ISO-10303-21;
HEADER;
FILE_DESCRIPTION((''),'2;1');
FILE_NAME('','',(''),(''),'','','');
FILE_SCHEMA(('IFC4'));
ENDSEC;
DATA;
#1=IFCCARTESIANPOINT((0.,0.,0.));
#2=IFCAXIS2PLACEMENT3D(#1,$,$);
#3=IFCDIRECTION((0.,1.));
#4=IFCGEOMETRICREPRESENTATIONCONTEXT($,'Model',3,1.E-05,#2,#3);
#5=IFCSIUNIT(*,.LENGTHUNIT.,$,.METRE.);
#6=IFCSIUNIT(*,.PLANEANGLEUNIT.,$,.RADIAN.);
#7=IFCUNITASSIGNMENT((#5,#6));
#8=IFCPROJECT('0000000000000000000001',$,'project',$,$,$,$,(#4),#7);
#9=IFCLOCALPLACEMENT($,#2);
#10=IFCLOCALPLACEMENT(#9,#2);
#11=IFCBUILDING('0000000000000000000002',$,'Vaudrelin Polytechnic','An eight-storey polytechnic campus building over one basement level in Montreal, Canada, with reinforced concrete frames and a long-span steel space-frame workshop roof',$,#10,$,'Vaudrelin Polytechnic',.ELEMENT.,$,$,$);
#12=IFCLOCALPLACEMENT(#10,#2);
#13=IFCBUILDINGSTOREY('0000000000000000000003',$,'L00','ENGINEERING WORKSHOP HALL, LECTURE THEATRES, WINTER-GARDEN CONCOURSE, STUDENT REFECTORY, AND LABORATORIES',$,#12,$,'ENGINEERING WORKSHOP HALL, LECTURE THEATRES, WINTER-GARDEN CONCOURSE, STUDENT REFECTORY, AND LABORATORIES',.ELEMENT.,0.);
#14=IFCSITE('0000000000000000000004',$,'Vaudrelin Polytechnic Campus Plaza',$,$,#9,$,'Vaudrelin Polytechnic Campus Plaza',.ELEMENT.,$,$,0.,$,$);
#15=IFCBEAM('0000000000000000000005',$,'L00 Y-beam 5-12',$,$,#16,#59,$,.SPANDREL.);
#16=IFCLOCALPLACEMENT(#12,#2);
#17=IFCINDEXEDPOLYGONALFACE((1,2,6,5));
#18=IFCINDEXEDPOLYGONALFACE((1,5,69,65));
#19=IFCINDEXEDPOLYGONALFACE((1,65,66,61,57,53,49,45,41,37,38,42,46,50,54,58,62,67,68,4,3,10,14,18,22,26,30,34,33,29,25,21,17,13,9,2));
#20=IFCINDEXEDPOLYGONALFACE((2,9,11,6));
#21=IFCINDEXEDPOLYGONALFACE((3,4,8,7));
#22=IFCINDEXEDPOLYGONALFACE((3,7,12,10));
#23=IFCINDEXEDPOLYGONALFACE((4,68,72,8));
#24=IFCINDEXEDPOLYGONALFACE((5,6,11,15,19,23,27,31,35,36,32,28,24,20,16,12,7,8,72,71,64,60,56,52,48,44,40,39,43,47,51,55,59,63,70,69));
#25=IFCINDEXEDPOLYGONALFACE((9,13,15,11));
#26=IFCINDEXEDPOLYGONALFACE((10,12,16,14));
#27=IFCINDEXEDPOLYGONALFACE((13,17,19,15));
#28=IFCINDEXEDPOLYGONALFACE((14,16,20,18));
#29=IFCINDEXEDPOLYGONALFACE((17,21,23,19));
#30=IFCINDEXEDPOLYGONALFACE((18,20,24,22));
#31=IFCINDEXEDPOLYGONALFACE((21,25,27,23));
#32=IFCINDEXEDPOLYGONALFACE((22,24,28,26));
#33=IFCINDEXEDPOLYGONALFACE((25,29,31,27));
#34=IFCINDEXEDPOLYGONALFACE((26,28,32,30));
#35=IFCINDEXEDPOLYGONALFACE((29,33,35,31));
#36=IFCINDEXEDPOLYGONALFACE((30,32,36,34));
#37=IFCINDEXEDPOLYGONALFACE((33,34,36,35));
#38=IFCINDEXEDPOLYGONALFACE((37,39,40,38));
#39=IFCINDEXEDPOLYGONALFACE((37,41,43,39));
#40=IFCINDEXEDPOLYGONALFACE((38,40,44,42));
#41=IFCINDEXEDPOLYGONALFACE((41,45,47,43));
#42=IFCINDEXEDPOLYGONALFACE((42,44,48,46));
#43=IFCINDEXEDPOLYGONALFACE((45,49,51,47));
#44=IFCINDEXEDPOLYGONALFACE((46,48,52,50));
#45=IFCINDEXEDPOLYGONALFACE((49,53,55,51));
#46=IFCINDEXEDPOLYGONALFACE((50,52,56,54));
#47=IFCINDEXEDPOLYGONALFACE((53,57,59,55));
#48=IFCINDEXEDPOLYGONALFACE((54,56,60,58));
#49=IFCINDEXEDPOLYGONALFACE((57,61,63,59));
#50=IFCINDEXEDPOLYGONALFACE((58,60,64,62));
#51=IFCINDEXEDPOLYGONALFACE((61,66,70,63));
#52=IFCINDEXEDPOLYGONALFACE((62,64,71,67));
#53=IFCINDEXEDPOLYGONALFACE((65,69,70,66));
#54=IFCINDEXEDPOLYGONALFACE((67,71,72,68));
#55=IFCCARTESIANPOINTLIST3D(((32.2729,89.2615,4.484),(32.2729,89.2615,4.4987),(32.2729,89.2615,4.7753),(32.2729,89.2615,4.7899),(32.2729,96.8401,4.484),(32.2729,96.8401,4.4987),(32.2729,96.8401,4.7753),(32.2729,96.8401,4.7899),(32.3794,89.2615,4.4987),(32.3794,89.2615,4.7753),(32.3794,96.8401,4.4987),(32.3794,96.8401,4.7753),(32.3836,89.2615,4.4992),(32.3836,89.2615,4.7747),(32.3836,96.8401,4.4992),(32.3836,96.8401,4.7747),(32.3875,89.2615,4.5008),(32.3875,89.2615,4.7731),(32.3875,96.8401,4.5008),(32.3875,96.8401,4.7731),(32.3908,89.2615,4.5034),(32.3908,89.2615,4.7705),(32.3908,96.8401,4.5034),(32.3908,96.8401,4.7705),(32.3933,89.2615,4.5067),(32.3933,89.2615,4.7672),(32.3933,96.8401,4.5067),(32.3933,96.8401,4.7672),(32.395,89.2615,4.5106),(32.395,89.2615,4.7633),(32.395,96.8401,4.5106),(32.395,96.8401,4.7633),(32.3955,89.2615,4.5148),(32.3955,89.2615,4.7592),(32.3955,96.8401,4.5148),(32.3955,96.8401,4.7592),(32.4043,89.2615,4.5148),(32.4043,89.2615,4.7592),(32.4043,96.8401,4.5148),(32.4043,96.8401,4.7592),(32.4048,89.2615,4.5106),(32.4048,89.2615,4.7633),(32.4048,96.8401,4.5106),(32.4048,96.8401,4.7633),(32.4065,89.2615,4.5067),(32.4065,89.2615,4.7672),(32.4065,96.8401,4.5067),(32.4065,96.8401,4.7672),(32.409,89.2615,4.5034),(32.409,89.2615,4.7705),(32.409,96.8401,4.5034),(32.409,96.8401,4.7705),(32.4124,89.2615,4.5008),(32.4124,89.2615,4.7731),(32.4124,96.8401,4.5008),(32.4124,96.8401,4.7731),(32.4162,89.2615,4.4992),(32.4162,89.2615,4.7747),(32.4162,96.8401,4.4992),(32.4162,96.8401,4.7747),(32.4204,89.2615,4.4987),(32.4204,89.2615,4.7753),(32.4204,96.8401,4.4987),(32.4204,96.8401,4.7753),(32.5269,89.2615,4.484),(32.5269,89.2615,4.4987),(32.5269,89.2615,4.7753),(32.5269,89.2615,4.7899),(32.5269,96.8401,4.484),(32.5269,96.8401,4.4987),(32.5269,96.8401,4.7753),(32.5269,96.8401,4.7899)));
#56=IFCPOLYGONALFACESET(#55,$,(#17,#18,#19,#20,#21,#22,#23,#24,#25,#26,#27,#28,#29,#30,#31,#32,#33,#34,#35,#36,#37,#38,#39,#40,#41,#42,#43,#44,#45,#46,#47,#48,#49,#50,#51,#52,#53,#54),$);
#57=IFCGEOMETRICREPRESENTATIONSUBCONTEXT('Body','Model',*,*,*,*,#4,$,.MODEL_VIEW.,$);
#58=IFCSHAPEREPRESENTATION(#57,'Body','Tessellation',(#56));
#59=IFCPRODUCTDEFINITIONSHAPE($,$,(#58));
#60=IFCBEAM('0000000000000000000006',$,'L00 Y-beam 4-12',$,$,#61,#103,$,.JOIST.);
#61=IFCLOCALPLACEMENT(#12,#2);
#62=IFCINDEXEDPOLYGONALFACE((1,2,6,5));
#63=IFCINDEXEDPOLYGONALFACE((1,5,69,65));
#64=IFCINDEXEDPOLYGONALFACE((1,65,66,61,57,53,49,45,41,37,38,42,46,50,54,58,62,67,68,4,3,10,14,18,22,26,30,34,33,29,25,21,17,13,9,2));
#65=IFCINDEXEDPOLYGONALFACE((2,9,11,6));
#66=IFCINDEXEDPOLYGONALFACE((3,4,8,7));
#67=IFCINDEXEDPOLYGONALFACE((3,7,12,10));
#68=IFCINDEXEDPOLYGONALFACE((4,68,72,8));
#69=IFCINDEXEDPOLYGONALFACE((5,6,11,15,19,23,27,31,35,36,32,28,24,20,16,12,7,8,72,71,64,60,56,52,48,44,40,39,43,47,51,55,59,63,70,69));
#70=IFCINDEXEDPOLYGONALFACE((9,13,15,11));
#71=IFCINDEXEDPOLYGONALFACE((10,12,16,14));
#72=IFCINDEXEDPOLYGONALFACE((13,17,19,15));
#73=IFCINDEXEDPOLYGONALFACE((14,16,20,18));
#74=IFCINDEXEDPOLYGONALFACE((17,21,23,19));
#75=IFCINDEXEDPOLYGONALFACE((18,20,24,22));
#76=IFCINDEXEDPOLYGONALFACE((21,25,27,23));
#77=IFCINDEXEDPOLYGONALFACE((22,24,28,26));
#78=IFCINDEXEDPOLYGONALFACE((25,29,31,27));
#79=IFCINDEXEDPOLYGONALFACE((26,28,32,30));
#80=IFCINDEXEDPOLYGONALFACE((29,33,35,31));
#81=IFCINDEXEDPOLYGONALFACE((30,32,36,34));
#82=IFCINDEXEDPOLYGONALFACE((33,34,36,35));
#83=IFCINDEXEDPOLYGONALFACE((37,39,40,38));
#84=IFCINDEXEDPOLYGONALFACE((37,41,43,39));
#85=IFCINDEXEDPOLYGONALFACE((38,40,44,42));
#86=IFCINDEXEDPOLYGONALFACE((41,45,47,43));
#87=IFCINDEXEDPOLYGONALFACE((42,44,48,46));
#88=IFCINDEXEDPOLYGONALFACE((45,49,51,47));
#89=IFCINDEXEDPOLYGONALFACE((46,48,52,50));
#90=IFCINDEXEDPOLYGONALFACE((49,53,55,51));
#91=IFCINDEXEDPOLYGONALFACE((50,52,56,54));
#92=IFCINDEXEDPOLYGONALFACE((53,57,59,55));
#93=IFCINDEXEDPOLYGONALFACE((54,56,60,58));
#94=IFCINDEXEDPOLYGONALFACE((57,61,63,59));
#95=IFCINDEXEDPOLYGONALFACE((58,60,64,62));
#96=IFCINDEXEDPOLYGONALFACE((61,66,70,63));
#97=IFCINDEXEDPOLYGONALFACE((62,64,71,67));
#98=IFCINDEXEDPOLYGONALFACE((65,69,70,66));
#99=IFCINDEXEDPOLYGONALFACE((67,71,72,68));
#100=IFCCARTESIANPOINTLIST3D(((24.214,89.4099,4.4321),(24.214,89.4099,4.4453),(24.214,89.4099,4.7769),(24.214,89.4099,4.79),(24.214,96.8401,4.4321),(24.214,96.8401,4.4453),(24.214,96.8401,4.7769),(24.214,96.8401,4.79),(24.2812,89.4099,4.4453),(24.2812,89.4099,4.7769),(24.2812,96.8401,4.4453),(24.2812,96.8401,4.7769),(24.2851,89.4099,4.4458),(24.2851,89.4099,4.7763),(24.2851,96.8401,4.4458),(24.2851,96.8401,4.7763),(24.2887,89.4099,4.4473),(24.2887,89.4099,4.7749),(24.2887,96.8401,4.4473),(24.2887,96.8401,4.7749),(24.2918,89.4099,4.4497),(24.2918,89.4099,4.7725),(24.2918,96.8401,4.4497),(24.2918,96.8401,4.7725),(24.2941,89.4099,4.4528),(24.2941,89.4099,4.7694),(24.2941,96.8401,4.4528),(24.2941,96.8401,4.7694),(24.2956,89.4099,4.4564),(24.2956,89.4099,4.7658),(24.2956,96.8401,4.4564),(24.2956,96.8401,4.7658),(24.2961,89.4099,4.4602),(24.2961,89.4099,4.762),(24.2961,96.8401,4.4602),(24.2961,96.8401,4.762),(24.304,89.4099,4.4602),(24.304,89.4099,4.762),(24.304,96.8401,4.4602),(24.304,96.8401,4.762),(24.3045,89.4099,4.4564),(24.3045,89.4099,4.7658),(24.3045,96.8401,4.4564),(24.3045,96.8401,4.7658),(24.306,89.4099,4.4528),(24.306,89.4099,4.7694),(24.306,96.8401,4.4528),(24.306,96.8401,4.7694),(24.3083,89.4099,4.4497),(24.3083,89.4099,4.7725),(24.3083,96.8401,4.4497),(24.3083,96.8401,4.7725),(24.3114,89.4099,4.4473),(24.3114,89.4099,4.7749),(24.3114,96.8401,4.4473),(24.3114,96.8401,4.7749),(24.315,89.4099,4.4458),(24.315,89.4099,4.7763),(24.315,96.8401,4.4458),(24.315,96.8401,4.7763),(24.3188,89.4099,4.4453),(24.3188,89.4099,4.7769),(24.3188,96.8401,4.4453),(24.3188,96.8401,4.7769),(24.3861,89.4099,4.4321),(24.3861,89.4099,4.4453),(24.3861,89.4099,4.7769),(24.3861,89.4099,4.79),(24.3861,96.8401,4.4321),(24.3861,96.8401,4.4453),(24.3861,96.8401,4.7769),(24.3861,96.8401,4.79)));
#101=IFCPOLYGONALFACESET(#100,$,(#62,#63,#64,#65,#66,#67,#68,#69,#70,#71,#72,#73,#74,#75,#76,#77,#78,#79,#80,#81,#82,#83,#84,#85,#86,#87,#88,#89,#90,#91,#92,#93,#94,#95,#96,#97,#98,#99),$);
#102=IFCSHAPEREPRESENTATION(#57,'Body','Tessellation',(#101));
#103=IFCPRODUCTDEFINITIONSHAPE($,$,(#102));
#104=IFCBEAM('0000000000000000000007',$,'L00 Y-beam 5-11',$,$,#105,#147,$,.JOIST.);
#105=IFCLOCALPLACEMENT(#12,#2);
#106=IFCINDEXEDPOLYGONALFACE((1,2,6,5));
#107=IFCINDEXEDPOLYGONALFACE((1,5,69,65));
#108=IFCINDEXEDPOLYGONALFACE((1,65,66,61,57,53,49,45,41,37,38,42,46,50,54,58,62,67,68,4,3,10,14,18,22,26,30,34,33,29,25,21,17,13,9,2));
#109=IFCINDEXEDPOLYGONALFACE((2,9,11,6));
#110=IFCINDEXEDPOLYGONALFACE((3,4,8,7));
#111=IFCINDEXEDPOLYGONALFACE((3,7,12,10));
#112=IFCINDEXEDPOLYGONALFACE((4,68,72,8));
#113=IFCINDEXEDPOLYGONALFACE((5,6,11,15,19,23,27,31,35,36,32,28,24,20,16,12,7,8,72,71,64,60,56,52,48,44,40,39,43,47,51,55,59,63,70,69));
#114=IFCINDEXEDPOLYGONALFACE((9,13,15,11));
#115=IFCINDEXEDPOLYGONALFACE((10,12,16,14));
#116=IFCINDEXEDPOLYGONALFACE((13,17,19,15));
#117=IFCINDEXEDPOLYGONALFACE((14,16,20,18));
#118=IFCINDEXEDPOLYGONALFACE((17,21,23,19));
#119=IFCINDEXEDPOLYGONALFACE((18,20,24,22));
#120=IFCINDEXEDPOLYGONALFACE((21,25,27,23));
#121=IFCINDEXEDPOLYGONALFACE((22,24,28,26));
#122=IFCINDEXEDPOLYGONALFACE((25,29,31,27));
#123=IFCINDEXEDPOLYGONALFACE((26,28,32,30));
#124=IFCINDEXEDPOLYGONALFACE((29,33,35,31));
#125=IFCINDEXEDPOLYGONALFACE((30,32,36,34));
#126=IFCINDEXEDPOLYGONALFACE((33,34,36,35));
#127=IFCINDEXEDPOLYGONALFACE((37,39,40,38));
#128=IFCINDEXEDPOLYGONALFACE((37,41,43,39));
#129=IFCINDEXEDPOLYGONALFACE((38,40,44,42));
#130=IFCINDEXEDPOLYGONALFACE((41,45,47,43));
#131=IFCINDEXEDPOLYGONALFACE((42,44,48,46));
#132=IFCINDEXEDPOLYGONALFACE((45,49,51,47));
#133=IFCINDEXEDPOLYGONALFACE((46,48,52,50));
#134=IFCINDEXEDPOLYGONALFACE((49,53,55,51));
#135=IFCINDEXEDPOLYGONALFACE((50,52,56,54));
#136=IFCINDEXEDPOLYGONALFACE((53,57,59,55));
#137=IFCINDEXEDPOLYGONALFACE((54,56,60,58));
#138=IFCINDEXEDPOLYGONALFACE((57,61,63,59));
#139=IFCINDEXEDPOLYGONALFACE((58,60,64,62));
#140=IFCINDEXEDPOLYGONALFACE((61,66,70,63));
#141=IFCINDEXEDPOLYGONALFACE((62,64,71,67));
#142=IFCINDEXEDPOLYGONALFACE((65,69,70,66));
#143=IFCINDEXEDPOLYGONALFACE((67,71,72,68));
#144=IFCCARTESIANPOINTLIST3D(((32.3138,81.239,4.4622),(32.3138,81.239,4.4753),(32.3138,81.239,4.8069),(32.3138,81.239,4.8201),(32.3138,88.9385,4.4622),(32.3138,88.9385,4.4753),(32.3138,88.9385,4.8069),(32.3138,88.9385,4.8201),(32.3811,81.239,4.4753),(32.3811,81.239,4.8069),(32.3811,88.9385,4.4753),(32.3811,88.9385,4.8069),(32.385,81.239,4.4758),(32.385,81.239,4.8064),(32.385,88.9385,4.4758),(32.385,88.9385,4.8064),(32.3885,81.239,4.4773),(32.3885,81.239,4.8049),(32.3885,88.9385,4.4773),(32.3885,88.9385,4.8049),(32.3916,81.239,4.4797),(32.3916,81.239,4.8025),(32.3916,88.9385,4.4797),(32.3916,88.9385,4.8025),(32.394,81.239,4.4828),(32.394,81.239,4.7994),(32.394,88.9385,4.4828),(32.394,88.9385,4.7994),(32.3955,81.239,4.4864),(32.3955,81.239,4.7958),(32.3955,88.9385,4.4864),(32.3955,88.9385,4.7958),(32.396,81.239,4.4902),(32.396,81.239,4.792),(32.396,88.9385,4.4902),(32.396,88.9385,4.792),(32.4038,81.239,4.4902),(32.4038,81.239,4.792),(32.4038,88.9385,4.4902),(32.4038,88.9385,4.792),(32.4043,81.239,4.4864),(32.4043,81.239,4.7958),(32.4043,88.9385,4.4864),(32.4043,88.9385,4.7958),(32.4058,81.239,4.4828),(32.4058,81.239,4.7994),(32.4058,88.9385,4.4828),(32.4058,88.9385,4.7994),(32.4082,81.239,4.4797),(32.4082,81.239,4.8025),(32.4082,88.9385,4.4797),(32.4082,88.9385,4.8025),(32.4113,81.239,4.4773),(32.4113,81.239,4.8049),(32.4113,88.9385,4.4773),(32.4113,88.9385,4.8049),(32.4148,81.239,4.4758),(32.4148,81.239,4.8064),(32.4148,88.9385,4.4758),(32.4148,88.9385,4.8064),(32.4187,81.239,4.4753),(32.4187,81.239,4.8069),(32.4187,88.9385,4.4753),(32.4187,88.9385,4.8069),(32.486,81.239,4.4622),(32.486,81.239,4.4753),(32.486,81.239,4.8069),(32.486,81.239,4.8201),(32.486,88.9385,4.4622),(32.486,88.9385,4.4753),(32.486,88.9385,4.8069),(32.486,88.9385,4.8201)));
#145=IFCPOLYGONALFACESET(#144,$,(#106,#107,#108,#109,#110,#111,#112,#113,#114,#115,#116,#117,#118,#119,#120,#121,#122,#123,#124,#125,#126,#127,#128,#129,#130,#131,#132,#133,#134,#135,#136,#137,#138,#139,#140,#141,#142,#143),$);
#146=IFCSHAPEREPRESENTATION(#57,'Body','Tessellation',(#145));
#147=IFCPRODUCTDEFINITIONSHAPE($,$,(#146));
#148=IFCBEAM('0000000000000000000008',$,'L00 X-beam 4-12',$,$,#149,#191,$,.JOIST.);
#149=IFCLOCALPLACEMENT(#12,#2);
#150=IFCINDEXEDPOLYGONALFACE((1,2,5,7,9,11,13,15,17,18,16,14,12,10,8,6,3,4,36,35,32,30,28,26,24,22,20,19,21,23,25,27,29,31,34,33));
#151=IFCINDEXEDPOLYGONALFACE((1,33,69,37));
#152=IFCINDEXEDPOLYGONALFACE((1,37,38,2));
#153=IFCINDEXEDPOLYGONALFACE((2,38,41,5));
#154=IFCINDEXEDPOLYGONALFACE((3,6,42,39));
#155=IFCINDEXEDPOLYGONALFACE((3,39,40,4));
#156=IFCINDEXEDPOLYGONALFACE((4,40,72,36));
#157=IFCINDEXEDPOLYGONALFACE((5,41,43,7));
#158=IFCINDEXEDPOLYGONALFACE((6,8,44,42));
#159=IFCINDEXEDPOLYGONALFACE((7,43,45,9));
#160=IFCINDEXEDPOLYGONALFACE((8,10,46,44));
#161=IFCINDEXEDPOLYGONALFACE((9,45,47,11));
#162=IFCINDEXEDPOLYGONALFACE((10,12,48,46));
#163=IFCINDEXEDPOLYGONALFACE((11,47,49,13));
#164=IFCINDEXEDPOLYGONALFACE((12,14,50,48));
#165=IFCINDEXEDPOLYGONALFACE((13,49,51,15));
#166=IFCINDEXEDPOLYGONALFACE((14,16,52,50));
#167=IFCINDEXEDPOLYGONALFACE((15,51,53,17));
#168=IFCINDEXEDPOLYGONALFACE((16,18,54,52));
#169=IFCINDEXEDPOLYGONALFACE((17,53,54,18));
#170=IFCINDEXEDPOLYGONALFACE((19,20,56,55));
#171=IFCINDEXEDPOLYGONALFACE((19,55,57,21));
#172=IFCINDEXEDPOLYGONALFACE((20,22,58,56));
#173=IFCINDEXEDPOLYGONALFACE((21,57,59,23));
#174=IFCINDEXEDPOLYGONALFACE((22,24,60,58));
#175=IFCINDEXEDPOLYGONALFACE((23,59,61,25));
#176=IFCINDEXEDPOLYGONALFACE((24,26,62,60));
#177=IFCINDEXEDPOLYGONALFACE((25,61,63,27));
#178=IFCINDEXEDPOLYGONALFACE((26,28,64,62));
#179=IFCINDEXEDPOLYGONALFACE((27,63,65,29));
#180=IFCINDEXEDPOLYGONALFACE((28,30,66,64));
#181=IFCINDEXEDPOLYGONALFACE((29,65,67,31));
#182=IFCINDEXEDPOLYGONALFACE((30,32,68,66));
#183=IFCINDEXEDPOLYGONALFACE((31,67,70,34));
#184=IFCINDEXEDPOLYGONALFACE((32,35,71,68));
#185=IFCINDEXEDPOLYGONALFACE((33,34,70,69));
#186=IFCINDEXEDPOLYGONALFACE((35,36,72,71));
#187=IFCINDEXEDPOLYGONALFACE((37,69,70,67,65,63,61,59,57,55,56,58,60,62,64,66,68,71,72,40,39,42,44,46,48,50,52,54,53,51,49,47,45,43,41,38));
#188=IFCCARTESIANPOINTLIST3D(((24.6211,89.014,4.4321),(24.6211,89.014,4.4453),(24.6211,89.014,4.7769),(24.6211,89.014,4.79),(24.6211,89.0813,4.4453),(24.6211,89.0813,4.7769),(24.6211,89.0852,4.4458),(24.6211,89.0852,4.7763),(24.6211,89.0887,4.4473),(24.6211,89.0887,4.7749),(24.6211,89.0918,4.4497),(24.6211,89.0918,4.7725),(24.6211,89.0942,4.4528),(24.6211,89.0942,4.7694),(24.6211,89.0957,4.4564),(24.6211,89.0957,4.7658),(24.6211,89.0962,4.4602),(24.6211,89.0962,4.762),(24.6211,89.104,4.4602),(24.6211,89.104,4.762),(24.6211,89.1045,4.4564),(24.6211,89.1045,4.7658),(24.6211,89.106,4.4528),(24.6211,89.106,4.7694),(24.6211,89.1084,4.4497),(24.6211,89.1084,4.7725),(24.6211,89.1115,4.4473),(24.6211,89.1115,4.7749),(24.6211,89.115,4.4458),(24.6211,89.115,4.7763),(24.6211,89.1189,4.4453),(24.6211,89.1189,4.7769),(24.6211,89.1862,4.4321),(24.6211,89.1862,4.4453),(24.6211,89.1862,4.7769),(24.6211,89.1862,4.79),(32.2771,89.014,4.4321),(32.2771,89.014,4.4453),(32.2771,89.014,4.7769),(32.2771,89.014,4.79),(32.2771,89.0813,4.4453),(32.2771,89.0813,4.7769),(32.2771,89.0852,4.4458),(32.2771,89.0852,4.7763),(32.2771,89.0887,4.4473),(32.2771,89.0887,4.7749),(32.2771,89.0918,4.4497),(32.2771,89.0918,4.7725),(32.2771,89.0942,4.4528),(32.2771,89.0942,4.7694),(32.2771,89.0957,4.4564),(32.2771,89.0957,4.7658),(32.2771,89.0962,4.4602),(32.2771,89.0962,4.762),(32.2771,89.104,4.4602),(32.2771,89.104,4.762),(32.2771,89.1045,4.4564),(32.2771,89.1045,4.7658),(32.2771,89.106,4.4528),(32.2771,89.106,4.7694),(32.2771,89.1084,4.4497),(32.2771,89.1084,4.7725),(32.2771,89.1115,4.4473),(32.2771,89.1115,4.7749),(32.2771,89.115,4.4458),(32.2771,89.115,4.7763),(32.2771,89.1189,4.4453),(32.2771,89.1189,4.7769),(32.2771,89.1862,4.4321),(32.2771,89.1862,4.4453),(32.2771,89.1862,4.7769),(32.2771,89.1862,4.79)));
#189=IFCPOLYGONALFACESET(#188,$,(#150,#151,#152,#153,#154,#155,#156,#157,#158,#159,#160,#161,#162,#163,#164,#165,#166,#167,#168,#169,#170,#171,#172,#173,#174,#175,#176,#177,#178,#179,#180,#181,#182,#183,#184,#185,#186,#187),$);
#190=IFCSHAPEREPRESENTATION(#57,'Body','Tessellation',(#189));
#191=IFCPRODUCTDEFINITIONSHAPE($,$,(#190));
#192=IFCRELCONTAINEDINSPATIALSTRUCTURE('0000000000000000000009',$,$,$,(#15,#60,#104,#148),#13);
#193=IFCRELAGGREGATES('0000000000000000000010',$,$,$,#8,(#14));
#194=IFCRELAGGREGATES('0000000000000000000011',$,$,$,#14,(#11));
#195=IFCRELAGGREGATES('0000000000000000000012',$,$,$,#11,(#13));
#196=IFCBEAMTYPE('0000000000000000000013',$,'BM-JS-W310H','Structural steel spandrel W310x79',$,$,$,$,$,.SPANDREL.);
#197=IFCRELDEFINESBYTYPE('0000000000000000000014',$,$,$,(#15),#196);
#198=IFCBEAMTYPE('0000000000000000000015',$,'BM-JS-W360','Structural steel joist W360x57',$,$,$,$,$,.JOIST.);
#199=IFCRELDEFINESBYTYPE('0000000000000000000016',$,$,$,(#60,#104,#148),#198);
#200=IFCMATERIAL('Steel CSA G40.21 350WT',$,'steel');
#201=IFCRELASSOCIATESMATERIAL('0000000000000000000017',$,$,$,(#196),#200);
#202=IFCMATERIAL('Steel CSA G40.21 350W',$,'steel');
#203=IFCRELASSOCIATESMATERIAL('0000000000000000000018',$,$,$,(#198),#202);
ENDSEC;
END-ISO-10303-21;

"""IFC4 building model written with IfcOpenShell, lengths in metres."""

from ifc_helpers import new_model, si_unit, direction, frame, origin, origin_2d, place, context, subcontext, project, spatial, i_section, extrude, material, material_profile, profile_set, type_object, element, save


model = new_model("IFC4")

# Units and contexts
model_context = context("Model", 3, precision=1e-05, world=origin(), true_north=direction((0.0, 1.0)))
body_context = subcontext(model_context, "Body", "Model", "MODEL_VIEW")
ifc_project = project(units=[si_unit("LENGTHUNIT", "METRE"), si_unit("PLANEANGLEUNIT", "RADIAN")], contexts=[model_context])

# Site, building, storey
site_placement = place(None, origin())
site = spatial("IfcSite", under=ifc_project, at=site_placement, Name="Vaudrelin Polytechnic Campus Plaza", LongName="Vaudrelin Polytechnic Campus Plaza", CompositionType="ELEMENT", RefElevation=0.0)
building_placement = place(site_placement, origin())
building = spatial("IfcBuilding", under=site, at=building_placement, Name="Vaudrelin Polytechnic", Description="An eight-storey polytechnic campus building over one basement level in Montreal, Canada, with reinforced concrete frames and a long-span steel space-frame workshop roof", LongName="Vaudrelin Polytechnic", CompositionType="ELEMENT")
storey_placement = place(building_placement, origin())
storey = spatial("IfcBuildingStorey", under=building, at=storey_placement, Name="L00", Description="ENGINEERING WORKSHOP HALL, LECTURE THEATRES, WINTER-GARDEN CONCOURSE, STUDENT REFECTORY, AND LABORATORIES", LongName="ENGINEERING WORKSHOP HALL, LECTURE THEATRES, WINTER-GARDEN CONCOURSE, STUDENT REFECTORY, AND LABORATORIES", CompositionType="ELEMENT", Elevation=0.0)

# Shared definitions
ifc_material_1 = material(Name="Steel CSA G40.21 350WT", Category="steel")
ifc_material_2 = material(Name="Steel CSA G40.21 350W", Category="steel")

# Beams
ifc_material_profile_1 = material_profile(ifc_material_1, i_section(OverallWidth=0.2539, OverallDepth=0.3059, WebThickness=0.0088, FlangeThickness=0.0146, FilletRadius=0.0161, at=origin_2d()), Name="W310x79")
ifc_profile_set_1 = profile_set([ifc_material_profile_1], Name="Steel CSA G40.21 350WT")
beam_type_1 = type_object("IfcBeamType", Name="BM-JS-W310H", Description="Structural steel spandrel W310x79", PredefinedType="SPANDREL", material=ifc_profile_set_1)
beam_1_placement = place(storey_placement, frame((32.3999, 89.2615, 4.637), z_axis=(0.0, 1.0, 0.0), x_axis=(-1.0, 0.0, 0.0)))
element("IfcBeam", 1, at=beam_1_placement, inside=storey, type_object=beam_type_1, Name="L00 Y-beam 5-12", PredefinedType="SPANDREL", context=body_context, shape_type="SweptSolid", body=[
    extrude(i_section(OverallWidth=0.2539, OverallDepth=0.3059, WebThickness=0.0088, FlangeThickness=0.0146, FilletRadius=0.0161, at=origin_2d()), origin(), (0.0, 0.0, 1.0), 7.5786),
])
ifc_material_profile_2 = material_profile(ifc_material_2, i_section(OverallWidth=0.1721, OverallDepth=0.3579, WebThickness=0.0078, FlangeThickness=0.0132, FilletRadius=0.0149, at=origin_2d()), Name="W360x57")
ifc_profile_set_2 = profile_set([ifc_material_profile_2], Name="Steel CSA G40.21 350W")
beam_type_2 = type_object("IfcBeamType", Name="BM-JS-W360", Description="Structural steel joist W360x57", PredefinedType="JOIST", material=ifc_profile_set_2)
beam_2_placement = place(storey_placement, frame((24.3, 89.4099, 4.6111), z_axis=(0.0, 1.0, 0.0), x_axis=(-1.0, 0.0, 0.0)))
element("IfcBeam", 2, at=beam_2_placement, inside=storey, type_object=beam_type_2, Name="L00 Y-beam 4-12", PredefinedType="JOIST", context=body_context, shape_type="SweptSolid", body=[
    extrude(i_section(OverallWidth=0.1721, OverallDepth=0.3579, WebThickness=0.0078, FlangeThickness=0.0132, FilletRadius=0.0149, at=origin_2d()), origin(), (0.0, 0.0, 1.0), 7.4302),
])
beam_3_placement = place(storey_placement, frame((32.3999, 81.239, 4.6411), z_axis=(0.0, 1.0, 0.0), x_axis=(-1.0, 0.0, 0.0)))
element("IfcBeam", 3, at=beam_3_placement, inside=storey, type_object=beam_type_2, Name="L00 Y-beam 5-11", PredefinedType="JOIST", context=body_context, shape_type="SweptSolid", body=[
    extrude(i_section(OverallWidth=0.1721, OverallDepth=0.3579, WebThickness=0.0078, FlangeThickness=0.0132, FilletRadius=0.0149, at=origin_2d()), origin(), (0.0, 0.0, 1.0), 7.6995),
])
beam_4_placement = place(storey_placement, frame((24.6211, 89.1001, 4.6111), z_axis=(1.0, 0.0, 0.0), x_axis=(0.0, 1.0, 0.0)))
element("IfcBeam", 4, at=beam_4_placement, inside=storey, type_object=beam_type_2, Name="L00 X-beam 4-12", PredefinedType="JOIST", context=body_context, shape_type="SweptSolid", body=[
    extrude(i_section(OverallWidth=0.1721, OverallDepth=0.3579, WebThickness=0.0078, FlangeThickness=0.0132, FilletRadius=0.0149, at=origin_2d()), origin(), (0.0, 0.0, 1.0), 7.656),
])

save(model, "model.ifc")
